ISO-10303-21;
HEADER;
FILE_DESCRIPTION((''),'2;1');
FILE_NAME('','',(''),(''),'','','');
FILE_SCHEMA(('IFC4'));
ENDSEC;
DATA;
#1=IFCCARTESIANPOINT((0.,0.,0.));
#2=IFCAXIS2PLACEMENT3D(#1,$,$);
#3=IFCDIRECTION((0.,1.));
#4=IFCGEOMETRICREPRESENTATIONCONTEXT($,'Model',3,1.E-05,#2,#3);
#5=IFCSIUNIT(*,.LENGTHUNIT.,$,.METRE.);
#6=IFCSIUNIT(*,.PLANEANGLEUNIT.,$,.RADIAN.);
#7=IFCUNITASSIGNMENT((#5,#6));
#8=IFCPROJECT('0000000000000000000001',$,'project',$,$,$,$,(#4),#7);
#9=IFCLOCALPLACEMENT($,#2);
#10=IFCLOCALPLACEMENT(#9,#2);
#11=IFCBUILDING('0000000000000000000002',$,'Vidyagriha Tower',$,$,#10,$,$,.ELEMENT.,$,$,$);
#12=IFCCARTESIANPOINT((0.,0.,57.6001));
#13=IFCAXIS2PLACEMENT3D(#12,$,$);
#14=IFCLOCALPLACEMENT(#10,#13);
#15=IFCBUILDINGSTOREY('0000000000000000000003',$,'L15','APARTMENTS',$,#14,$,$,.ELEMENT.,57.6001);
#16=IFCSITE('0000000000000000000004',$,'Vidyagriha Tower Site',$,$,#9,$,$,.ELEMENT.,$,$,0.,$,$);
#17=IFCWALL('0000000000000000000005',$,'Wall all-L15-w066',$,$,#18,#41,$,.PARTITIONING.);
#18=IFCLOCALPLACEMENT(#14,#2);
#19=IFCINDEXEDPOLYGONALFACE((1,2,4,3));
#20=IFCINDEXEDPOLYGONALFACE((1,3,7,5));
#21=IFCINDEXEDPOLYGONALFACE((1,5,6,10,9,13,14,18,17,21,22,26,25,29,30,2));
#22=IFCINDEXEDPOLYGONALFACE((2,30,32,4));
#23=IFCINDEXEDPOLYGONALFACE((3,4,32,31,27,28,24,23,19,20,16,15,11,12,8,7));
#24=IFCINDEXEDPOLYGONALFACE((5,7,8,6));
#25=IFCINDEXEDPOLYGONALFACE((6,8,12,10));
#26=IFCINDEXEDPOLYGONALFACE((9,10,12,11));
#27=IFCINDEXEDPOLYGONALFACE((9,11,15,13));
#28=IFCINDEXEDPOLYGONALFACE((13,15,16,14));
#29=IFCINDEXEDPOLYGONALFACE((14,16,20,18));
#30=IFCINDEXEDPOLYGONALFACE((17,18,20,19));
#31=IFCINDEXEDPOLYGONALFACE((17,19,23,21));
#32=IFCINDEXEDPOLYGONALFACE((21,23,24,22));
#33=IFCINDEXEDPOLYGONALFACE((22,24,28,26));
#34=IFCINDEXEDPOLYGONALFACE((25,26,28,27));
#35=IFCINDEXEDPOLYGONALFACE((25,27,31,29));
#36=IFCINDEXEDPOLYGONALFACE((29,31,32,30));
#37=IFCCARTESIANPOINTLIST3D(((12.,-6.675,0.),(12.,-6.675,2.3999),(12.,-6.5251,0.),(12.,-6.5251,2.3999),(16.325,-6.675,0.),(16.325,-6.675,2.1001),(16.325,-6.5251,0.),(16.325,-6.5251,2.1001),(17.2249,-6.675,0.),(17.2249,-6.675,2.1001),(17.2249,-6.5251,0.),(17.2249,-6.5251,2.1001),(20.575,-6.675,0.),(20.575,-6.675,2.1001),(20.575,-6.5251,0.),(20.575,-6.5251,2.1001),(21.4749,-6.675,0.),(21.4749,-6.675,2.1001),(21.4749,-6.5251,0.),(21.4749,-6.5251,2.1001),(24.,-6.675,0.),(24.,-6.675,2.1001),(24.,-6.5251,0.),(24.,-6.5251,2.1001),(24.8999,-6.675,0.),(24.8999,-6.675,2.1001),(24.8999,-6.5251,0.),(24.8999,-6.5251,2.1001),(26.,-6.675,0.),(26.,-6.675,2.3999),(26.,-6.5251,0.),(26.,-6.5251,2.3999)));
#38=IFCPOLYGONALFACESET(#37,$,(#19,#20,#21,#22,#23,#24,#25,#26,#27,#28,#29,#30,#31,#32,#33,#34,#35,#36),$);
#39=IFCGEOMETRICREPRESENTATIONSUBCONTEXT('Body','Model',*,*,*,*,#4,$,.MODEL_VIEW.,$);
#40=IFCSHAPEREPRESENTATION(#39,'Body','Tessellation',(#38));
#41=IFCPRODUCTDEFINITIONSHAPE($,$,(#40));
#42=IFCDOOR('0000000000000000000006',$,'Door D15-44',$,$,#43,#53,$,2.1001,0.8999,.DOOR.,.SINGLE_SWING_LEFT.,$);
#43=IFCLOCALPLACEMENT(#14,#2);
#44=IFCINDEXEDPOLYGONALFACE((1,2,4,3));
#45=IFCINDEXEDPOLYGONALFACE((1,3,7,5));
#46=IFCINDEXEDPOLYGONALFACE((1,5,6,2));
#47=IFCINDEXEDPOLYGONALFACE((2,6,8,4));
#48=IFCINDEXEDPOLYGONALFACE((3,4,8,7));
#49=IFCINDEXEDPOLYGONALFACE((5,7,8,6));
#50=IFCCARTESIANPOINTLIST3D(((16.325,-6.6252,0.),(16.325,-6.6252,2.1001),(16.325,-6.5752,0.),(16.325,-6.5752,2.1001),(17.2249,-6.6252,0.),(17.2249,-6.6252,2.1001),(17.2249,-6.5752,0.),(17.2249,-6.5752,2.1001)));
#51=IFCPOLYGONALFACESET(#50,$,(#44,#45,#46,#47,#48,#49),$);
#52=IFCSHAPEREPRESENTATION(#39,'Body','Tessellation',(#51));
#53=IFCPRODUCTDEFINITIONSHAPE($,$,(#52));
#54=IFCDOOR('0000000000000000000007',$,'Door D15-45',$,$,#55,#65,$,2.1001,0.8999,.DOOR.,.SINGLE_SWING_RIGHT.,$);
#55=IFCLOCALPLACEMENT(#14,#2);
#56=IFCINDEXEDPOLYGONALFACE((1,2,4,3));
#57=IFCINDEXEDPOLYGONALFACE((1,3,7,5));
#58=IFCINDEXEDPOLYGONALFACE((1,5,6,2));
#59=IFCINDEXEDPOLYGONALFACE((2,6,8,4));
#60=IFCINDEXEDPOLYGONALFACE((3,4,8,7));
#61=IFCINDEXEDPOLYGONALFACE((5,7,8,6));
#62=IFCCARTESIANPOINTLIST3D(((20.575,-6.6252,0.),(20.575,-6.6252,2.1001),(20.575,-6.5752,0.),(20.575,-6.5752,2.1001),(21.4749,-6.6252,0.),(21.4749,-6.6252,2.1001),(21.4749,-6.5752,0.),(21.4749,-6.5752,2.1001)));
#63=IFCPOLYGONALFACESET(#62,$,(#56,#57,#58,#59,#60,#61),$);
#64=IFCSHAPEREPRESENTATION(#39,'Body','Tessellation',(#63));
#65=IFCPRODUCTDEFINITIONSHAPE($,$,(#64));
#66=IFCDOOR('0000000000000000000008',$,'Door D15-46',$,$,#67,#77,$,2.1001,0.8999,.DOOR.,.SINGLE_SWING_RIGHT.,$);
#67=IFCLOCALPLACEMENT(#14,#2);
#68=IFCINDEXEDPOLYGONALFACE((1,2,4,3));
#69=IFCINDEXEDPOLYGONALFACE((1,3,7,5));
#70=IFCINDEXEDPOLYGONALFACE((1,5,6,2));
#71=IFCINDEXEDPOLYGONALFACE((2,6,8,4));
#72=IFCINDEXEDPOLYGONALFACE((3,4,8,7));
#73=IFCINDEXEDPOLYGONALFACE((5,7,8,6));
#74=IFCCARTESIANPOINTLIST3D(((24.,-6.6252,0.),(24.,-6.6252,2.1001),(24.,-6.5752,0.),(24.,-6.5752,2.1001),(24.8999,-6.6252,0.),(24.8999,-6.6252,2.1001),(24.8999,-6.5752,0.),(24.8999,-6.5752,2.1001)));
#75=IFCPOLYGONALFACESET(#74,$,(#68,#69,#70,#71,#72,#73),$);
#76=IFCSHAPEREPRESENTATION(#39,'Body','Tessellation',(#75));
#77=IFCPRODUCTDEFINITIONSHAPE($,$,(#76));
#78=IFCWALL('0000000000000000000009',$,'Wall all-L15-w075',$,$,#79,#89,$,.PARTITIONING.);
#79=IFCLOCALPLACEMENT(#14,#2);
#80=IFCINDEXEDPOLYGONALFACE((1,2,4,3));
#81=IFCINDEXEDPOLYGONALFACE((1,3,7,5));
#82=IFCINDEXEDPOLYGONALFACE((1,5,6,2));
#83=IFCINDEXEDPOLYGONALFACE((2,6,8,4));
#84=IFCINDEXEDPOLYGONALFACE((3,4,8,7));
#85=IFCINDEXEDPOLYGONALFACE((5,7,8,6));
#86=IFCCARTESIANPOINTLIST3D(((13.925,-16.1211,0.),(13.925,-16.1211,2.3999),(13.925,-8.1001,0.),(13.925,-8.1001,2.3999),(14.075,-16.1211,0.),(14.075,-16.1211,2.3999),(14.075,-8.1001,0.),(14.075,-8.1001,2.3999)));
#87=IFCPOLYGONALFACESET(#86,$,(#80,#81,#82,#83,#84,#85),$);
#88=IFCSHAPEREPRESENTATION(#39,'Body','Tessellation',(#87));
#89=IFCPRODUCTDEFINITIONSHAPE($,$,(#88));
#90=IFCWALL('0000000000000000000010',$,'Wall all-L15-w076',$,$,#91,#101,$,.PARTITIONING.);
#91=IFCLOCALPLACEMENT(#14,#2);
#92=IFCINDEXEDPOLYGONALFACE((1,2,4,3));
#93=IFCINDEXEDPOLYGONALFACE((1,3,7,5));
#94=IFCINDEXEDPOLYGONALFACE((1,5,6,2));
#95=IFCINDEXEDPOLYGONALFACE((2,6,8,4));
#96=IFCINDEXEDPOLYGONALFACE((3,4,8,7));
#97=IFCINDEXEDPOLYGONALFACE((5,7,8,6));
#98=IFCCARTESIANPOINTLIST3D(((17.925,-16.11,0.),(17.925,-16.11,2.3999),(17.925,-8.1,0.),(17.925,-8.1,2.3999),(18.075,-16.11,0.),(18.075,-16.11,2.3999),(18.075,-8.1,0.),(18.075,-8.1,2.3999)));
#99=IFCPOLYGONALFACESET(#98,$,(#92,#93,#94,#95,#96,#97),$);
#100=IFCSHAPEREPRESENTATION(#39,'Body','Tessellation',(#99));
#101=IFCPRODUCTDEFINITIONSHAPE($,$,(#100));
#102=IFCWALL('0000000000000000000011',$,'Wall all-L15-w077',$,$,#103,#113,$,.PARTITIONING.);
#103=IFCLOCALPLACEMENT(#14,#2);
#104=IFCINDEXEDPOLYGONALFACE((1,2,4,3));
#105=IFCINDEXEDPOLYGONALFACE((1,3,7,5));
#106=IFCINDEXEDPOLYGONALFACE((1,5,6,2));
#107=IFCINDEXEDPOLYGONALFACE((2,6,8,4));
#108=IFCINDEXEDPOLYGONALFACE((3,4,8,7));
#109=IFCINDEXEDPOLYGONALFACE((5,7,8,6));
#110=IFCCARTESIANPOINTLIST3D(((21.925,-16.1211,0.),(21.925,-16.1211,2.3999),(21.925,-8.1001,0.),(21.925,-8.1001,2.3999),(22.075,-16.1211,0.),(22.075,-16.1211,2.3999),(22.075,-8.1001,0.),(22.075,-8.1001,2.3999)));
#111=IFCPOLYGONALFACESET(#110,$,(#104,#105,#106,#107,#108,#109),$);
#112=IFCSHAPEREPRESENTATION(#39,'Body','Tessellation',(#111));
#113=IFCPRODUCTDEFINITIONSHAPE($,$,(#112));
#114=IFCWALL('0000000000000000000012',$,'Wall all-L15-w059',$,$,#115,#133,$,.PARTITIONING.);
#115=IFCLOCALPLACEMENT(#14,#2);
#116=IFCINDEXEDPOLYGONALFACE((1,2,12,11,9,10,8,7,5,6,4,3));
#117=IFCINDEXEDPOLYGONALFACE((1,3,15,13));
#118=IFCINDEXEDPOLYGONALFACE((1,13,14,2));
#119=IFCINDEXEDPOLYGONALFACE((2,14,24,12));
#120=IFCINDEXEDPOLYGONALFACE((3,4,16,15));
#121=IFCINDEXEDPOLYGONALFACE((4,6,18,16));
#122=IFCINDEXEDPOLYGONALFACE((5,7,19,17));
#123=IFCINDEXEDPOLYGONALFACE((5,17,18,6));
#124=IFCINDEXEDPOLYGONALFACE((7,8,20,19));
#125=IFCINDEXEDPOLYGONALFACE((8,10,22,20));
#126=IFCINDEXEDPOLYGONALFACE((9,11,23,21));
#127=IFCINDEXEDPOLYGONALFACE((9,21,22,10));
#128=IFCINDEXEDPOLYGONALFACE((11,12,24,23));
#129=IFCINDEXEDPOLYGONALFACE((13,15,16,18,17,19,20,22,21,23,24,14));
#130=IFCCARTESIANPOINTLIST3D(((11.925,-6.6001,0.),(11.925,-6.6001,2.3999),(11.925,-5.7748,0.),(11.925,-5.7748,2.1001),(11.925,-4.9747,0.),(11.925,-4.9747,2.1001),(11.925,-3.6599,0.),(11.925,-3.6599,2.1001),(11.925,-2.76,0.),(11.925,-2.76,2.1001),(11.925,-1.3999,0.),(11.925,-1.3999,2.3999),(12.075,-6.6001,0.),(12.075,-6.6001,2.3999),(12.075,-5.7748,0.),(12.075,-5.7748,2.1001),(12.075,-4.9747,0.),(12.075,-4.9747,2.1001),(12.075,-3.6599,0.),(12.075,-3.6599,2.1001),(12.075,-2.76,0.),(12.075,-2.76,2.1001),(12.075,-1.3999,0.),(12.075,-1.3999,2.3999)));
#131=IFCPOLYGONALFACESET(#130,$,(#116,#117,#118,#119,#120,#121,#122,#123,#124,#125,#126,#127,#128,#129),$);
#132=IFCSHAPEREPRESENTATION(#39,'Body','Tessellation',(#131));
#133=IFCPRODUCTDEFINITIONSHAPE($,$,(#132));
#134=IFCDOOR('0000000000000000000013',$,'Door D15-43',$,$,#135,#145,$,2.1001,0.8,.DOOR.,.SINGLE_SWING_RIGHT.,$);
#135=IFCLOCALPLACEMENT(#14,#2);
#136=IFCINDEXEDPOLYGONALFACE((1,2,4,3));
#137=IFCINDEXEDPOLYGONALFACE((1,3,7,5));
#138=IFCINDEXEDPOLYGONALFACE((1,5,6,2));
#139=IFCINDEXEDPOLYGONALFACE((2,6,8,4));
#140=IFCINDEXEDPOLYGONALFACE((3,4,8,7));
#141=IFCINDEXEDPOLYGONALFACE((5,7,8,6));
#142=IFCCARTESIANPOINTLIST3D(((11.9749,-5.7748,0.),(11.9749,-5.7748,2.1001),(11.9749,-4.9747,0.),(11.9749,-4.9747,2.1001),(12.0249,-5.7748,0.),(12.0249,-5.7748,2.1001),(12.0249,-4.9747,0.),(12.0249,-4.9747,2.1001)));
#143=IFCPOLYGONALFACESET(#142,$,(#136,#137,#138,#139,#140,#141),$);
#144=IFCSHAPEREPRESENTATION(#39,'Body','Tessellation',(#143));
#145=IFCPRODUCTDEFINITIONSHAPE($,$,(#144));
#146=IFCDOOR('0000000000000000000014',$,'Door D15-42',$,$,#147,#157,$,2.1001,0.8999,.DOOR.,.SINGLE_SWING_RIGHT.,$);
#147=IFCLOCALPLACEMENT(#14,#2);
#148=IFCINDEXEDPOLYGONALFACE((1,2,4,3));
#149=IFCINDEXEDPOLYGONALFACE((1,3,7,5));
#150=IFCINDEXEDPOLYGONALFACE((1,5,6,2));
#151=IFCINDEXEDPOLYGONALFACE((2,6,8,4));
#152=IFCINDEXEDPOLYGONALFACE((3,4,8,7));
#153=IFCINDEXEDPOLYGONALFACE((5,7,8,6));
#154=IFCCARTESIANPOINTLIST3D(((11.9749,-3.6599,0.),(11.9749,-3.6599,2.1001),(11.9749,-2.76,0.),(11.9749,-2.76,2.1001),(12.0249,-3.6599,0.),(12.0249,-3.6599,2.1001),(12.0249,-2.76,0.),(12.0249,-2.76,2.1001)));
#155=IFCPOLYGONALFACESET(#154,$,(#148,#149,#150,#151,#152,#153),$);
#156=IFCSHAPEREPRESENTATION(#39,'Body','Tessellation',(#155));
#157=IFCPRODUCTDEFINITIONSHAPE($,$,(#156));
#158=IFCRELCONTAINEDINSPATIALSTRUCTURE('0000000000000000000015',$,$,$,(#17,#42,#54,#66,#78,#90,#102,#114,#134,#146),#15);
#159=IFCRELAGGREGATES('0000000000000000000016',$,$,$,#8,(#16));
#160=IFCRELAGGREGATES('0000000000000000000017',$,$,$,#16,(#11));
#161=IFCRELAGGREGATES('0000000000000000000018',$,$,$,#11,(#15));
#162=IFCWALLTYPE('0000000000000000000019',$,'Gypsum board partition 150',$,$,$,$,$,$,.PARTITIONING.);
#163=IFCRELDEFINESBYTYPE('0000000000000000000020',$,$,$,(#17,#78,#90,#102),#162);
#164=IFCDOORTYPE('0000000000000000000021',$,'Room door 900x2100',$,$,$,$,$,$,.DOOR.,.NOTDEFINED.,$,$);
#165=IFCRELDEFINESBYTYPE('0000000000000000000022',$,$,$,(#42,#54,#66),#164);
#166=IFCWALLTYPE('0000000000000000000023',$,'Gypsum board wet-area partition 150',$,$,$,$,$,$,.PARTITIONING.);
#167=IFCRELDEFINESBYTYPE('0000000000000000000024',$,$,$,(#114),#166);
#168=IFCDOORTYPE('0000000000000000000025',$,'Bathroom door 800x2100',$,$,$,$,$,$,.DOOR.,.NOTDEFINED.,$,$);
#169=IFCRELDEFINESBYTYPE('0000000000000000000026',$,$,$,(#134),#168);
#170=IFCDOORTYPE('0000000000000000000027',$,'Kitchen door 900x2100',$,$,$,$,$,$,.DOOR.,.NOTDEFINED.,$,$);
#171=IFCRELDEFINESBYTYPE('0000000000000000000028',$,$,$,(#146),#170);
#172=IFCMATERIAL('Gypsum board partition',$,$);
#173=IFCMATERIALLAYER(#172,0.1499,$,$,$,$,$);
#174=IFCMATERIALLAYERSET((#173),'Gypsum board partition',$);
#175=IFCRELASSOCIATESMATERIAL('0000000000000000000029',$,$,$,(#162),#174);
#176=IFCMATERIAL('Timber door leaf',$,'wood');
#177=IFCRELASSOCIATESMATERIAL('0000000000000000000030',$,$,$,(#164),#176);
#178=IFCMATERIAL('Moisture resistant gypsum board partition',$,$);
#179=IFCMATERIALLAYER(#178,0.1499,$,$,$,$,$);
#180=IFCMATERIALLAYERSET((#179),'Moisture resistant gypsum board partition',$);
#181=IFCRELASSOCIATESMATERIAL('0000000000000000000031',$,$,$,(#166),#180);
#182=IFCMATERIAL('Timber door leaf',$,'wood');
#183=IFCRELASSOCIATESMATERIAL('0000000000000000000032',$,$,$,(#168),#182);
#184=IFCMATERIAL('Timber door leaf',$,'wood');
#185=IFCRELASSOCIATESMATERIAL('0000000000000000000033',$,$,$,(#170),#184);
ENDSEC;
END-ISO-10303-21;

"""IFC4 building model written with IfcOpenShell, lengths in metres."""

from ifc_helpers import new_model, si_unit, direction, frame, frame_2d, origin, place, context, subcontext, project, spatial, rectangle, extrude, material, layer, layer_set, type_object, element, fill, save


model = new_model("IFC4")

# Units and contexts
model_context = context("Model", 3, precision=1e-05, world=origin(), true_north=direction((0.0, 1.0)))
body_context = subcontext(model_context, "Body", "Model", "MODEL_VIEW")
ifc_project = project(units=[si_unit("LENGTHUNIT", "METRE"), si_unit("PLANEANGLEUNIT", "RADIAN")], contexts=[model_context])

# Site, building, storey
site_placement = place(None, origin())
site = spatial("IfcSite", under=ifc_project, at=site_placement, Name="Vidyagriha Tower Site", CompositionType="ELEMENT", RefElevation=0.0)
building_placement = place(site_placement, origin())
building = spatial("IfcBuilding", under=site, at=building_placement, Name="Vidyagriha Tower", CompositionType="ELEMENT")
storey_placement = place(building_placement, frame((0.0, 0.0, 57.6001)))
storey = spatial("IfcBuildingStorey", under=building, at=storey_placement, Name="L15", Description="APARTMENTS", CompositionType="ELEMENT", Elevation=57.6001)

# Shared definitions
ifc_material_1 = material(Name="Gypsum board partition")
ifc_layer_1 = layer(ifc_material_1, 0.1499)
ifc_layer_set_1 = layer_set([ifc_layer_1], Name="Gypsum board partition")
wall_type_1 = type_object("IfcWallType", Name="Gypsum board partition 150", PredefinedType="PARTITIONING", material=ifc_layer_set_1)

# Wall, openings, doors
wall_1_placement = place(storey_placement, frame((12.0, -6.6001, 0.0)))
wall_1 = element("IfcWall", 1, at=wall_1_placement, inside=storey, type_object=wall_type_1, Name="Wall all-L15-w066", PredefinedType="PARTITIONING", context=body_context, shape_type="SweptSolid", body=[
    extrude(rectangle(XDim=14.0, YDim=0.1499, at=frame_2d((7.0, 0.0))), origin(), (0.0, 0.0, 1.0), 2.3999),
])
opening_1_placement = place(wall_1_placement, frame((4.325, 0.0, 0.0)))
opening_1 = element("IfcOpeningElement", 2, at=opening_1_placement, cuts=wall_1, PredefinedType="OPENING", context=body_context, shape_type="SweptSolid", body=[
    extrude(rectangle(XDim=0.8999, YDim=2.1001, at=frame_2d((0.45, 1.05))), frame((0.0, 0.085, 0.0), z_axis=(0.0, -1.0, 0.0), x_axis=(1.0, 0.0, 0.0)), (0.0, 0.0, 1.0), 0.1699),
])
opening_2_placement = place(wall_1_placement, frame((8.575, 0.0, 0.0)))
opening_2 = element("IfcOpeningElement", 3, at=opening_2_placement, cuts=wall_1, PredefinedType="OPENING", context=body_context, shape_type="SweptSolid", body=[
    extrude(rectangle(XDim=0.8999, YDim=2.1001, at=frame_2d((0.45, 1.05))), frame((0.0, 0.085, 0.0), z_axis=(0.0, -1.0, 0.0), x_axis=(1.0, 0.0, 0.0)), (0.0, 0.0, 1.0), 0.1699),
])
opening_3_placement = place(wall_1_placement, frame((12.0, 0.0, 0.0)))
opening_3 = element("IfcOpeningElement", 4, at=opening_3_placement, cuts=wall_1, PredefinedType="OPENING", context=body_context, shape_type="SweptSolid", body=[
    extrude(rectangle(XDim=0.8999, YDim=2.1001, at=frame_2d((0.45, 1.05))), frame((0.0, 0.085, 0.0), z_axis=(0.0, -1.0, 0.0), x_axis=(1.0, 0.0, 0.0)), (0.0, 0.0, 1.0), 0.1699),
])
ifc_material_2 = material(Name="Timber door leaf", Category="wood")
door_type_1 = type_object("IfcDoorType", Name="Room door 900x2100", OperationType="NOTDEFINED", PredefinedType="DOOR", material=ifc_material_2)
door_1_placement = place(opening_1_placement, origin())
door_1 = element("IfcDoor", 5, at=door_1_placement, inside=storey, type_object=door_type_1, Name="Door D15-44", OperationType="SINGLE_SWING_LEFT", OverallHeight=2.1001, OverallWidth=0.8999, PredefinedType="DOOR", context=body_context, shape_type="SweptSolid", body=[
    extrude(rectangle(XDim=0.8999, YDim=2.1001, at=frame_2d((0.45, 1.05))), frame((0.0, 0.0249, 0.0), z_axis=(0.0, -1.0, 0.0), x_axis=(1.0, 0.0, 0.0)), (0.0, 0.0, 1.0), 0.05),
])
fill(opening_1, door_1)
door_2_placement = place(opening_2_placement, origin())
door_2 = element("IfcDoor", 6, at=door_2_placement, inside=storey, type_object=door_type_1, Name="Door D15-45", OperationType="SINGLE_SWING_RIGHT", OverallHeight=2.1001, OverallWidth=0.8999, PredefinedType="DOOR", context=body_context, shape_type="SweptSolid", body=[
    extrude(rectangle(XDim=0.8999, YDim=2.1001, at=frame_2d((0.45, 1.05))), frame((0.0, 0.0249, 0.0), z_axis=(0.0, -1.0, 0.0), x_axis=(1.0, 0.0, 0.0)), (0.0, 0.0, 1.0), 0.05),
])
fill(opening_2, door_2)
door_3_placement = place(opening_3_placement, origin())
door_3 = element("IfcDoor", 7, at=door_3_placement, inside=storey, type_object=door_type_1, Name="Door D15-46", OperationType="SINGLE_SWING_RIGHT", OverallHeight=2.1001, OverallWidth=0.8999, PredefinedType="DOOR", context=body_context, shape_type="SweptSolid", body=[
    extrude(rectangle(XDim=0.8999, YDim=2.1001, at=frame_2d((0.45, 1.05))), frame((0.0, 0.0249, 0.0), z_axis=(0.0, -1.0, 0.0), x_axis=(1.0, 0.0, 0.0)), (0.0, 0.0, 1.0), 0.05),
])
fill(opening_3, door_3)

# Walls
wall_2_placement = place(storey_placement, frame((14.0, -8.1001, 0.0), z_axis=(0.0, 0.0, 1.0), x_axis=(0.0, -1.0, 0.0)))
element("IfcWall", 8, at=wall_2_placement, inside=storey, type_object=wall_type_1, Name="Wall all-L15-w075", PredefinedType="PARTITIONING", context=body_context, shape_type="SweptSolid", body=[
    extrude(rectangle(XDim=8.021, YDim=0.1499, at=frame_2d((4.0105, 0.0))), origin(), (0.0, 0.0, 1.0), 2.3999),
])
wall_3_placement = place(storey_placement, frame((18.0, -8.1001, 0.0), z_axis=(0.0, 0.0, 1.0), x_axis=(0.0, -1.0, 0.0)))
element("IfcWall", 9, at=wall_3_placement, inside=storey, type_object=wall_type_1, Name="Wall all-L15-w076", PredefinedType="PARTITIONING", context=body_context, shape_type="SweptSolid", body=[
    extrude(rectangle(XDim=8.01, YDim=0.1499, at=frame_2d((4.0049, 0.0))), origin(), (0.0, 0.0, 1.0), 2.3999),
])
wall_4_placement = place(storey_placement, frame((22.0, -8.1001, 0.0), z_axis=(0.0, 0.0, 1.0), x_axis=(0.0, -1.0, 0.0)))
element("IfcWall", 10, at=wall_4_placement, inside=storey, type_object=wall_type_1, Name="Wall all-L15-w077", PredefinedType="PARTITIONING", context=body_context, shape_type="SweptSolid", body=[
    extrude(rectangle(XDim=8.021, YDim=0.1499, at=frame_2d((4.0105, 0.0))), origin(), (0.0, 0.0, 1.0), 2.3999),
])

# Wall, openings, doors
ifc_material_3 = material(Name="Moisture resistant gypsum board partition")
ifc_layer_2 = layer(ifc_material_3, 0.1499)
ifc_layer_set_2 = layer_set([ifc_layer_2], Name="Moisture resistant gypsum board partition")
wall_type_2 = type_object("IfcWallType", Name="Gypsum board wet-area partition 150", PredefinedType="PARTITIONING", material=ifc_layer_set_2)
wall_5_placement = place(storey_placement, frame((12.0, -1.3999, 0.0), z_axis=(0.0, 0.0, 1.0), x_axis=(0.0, -1.0, 0.0)))
wall_5 = element("IfcWall", 11, at=wall_5_placement, inside=storey, type_object=wall_type_2, Name="Wall all-L15-w059", PredefinedType="PARTITIONING", context=body_context, shape_type="SweptSolid", body=[
    extrude(rectangle(XDim=5.2002, YDim=0.1499, at=frame_2d((2.6001, 0.0))), origin(), (0.0, 0.0, 1.0), 2.3999),
])
opening_4_placement = place(wall_5_placement, frame((1.3601, 0.0, 0.0)))
opening_4 = element("IfcOpeningElement", 12, at=opening_4_placement, cuts=wall_5, PredefinedType="OPENING", context=body_context, shape_type="SweptSolid", body=[
    extrude(rectangle(XDim=0.8999, YDim=2.1001, at=frame_2d((0.45, 1.05))), frame((0.0, 0.085, 0.0), z_axis=(0.0, -1.0, 0.0), x_axis=(1.0, 0.0, 0.0)), (0.0, 0.0, 1.0), 0.1699),
])
opening_5_placement = place(wall_5_placement, frame((3.575, 0.0, 0.0)))
opening_5 = element("IfcOpeningElement", 13, at=opening_5_placement, cuts=wall_5, PredefinedType="OPENING", context=body_context, shape_type="SweptSolid", body=[
    extrude(rectangle(XDim=0.8, YDim=2.1001, at=frame_2d((0.3999, 1.05))), frame((0.0, 0.085, 0.0), z_axis=(0.0, -1.0, 0.0), x_axis=(1.0, 0.0, 0.0)), (0.0, 0.0, 1.0), 0.1699),
])
ifc_material_4 = material(Name="Timber door leaf", Category="wood")
door_type_2 = type_object("IfcDoorType", Name="Bathroom door 800x2100", OperationType="NOTDEFINED", PredefinedType="DOOR", material=ifc_material_4)
door_4_placement = place(opening_5_placement, origin())
door_4 = element("IfcDoor", 14, at=door_4_placement, inside=storey, type_object=door_type_2, Name="Door D15-43", OperationType="SINGLE_SWING_RIGHT", OverallHeight=2.1001, OverallWidth=0.8, PredefinedType="DOOR", context=body_context, shape_type="SweptSolid", body=[
    extrude(rectangle(XDim=0.8, YDim=2.1001, at=frame_2d((0.3999, 1.05))), frame((0.0, 0.0249, 0.0), z_axis=(0.0, -1.0, 0.0), x_axis=(1.0, 0.0, 0.0)), (0.0, 0.0, 1.0), 0.05),
])
fill(opening_5, door_4)
ifc_material_5 = material(Name="Timber door leaf", Category="wood")
door_type_3 = type_object("IfcDoorType", Name="Kitchen door 900x2100", OperationType="NOTDEFINED", PredefinedType="DOOR", material=ifc_material_5)
door_5_placement = place(opening_4_placement, origin())
door_5 = element("IfcDoor", 15, at=door_5_placement, inside=storey, type_object=door_type_3, Name="Door D15-42", OperationType="SINGLE_SWING_RIGHT", OverallHeight=2.1001, OverallWidth=0.8999, PredefinedType="DOOR", context=body_context, shape_type="SweptSolid", body=[
    extrude(rectangle(XDim=0.8999, YDim=2.1001, at=frame_2d((0.45, 1.05))), frame((0.0, 0.0249, 0.0), z_axis=(0.0, -1.0, 0.0), x_axis=(1.0, 0.0, 0.0)), (0.0, 0.0, 1.0), 0.05),
])
fill(opening_4, door_5)

save(model, "model.ifc")
